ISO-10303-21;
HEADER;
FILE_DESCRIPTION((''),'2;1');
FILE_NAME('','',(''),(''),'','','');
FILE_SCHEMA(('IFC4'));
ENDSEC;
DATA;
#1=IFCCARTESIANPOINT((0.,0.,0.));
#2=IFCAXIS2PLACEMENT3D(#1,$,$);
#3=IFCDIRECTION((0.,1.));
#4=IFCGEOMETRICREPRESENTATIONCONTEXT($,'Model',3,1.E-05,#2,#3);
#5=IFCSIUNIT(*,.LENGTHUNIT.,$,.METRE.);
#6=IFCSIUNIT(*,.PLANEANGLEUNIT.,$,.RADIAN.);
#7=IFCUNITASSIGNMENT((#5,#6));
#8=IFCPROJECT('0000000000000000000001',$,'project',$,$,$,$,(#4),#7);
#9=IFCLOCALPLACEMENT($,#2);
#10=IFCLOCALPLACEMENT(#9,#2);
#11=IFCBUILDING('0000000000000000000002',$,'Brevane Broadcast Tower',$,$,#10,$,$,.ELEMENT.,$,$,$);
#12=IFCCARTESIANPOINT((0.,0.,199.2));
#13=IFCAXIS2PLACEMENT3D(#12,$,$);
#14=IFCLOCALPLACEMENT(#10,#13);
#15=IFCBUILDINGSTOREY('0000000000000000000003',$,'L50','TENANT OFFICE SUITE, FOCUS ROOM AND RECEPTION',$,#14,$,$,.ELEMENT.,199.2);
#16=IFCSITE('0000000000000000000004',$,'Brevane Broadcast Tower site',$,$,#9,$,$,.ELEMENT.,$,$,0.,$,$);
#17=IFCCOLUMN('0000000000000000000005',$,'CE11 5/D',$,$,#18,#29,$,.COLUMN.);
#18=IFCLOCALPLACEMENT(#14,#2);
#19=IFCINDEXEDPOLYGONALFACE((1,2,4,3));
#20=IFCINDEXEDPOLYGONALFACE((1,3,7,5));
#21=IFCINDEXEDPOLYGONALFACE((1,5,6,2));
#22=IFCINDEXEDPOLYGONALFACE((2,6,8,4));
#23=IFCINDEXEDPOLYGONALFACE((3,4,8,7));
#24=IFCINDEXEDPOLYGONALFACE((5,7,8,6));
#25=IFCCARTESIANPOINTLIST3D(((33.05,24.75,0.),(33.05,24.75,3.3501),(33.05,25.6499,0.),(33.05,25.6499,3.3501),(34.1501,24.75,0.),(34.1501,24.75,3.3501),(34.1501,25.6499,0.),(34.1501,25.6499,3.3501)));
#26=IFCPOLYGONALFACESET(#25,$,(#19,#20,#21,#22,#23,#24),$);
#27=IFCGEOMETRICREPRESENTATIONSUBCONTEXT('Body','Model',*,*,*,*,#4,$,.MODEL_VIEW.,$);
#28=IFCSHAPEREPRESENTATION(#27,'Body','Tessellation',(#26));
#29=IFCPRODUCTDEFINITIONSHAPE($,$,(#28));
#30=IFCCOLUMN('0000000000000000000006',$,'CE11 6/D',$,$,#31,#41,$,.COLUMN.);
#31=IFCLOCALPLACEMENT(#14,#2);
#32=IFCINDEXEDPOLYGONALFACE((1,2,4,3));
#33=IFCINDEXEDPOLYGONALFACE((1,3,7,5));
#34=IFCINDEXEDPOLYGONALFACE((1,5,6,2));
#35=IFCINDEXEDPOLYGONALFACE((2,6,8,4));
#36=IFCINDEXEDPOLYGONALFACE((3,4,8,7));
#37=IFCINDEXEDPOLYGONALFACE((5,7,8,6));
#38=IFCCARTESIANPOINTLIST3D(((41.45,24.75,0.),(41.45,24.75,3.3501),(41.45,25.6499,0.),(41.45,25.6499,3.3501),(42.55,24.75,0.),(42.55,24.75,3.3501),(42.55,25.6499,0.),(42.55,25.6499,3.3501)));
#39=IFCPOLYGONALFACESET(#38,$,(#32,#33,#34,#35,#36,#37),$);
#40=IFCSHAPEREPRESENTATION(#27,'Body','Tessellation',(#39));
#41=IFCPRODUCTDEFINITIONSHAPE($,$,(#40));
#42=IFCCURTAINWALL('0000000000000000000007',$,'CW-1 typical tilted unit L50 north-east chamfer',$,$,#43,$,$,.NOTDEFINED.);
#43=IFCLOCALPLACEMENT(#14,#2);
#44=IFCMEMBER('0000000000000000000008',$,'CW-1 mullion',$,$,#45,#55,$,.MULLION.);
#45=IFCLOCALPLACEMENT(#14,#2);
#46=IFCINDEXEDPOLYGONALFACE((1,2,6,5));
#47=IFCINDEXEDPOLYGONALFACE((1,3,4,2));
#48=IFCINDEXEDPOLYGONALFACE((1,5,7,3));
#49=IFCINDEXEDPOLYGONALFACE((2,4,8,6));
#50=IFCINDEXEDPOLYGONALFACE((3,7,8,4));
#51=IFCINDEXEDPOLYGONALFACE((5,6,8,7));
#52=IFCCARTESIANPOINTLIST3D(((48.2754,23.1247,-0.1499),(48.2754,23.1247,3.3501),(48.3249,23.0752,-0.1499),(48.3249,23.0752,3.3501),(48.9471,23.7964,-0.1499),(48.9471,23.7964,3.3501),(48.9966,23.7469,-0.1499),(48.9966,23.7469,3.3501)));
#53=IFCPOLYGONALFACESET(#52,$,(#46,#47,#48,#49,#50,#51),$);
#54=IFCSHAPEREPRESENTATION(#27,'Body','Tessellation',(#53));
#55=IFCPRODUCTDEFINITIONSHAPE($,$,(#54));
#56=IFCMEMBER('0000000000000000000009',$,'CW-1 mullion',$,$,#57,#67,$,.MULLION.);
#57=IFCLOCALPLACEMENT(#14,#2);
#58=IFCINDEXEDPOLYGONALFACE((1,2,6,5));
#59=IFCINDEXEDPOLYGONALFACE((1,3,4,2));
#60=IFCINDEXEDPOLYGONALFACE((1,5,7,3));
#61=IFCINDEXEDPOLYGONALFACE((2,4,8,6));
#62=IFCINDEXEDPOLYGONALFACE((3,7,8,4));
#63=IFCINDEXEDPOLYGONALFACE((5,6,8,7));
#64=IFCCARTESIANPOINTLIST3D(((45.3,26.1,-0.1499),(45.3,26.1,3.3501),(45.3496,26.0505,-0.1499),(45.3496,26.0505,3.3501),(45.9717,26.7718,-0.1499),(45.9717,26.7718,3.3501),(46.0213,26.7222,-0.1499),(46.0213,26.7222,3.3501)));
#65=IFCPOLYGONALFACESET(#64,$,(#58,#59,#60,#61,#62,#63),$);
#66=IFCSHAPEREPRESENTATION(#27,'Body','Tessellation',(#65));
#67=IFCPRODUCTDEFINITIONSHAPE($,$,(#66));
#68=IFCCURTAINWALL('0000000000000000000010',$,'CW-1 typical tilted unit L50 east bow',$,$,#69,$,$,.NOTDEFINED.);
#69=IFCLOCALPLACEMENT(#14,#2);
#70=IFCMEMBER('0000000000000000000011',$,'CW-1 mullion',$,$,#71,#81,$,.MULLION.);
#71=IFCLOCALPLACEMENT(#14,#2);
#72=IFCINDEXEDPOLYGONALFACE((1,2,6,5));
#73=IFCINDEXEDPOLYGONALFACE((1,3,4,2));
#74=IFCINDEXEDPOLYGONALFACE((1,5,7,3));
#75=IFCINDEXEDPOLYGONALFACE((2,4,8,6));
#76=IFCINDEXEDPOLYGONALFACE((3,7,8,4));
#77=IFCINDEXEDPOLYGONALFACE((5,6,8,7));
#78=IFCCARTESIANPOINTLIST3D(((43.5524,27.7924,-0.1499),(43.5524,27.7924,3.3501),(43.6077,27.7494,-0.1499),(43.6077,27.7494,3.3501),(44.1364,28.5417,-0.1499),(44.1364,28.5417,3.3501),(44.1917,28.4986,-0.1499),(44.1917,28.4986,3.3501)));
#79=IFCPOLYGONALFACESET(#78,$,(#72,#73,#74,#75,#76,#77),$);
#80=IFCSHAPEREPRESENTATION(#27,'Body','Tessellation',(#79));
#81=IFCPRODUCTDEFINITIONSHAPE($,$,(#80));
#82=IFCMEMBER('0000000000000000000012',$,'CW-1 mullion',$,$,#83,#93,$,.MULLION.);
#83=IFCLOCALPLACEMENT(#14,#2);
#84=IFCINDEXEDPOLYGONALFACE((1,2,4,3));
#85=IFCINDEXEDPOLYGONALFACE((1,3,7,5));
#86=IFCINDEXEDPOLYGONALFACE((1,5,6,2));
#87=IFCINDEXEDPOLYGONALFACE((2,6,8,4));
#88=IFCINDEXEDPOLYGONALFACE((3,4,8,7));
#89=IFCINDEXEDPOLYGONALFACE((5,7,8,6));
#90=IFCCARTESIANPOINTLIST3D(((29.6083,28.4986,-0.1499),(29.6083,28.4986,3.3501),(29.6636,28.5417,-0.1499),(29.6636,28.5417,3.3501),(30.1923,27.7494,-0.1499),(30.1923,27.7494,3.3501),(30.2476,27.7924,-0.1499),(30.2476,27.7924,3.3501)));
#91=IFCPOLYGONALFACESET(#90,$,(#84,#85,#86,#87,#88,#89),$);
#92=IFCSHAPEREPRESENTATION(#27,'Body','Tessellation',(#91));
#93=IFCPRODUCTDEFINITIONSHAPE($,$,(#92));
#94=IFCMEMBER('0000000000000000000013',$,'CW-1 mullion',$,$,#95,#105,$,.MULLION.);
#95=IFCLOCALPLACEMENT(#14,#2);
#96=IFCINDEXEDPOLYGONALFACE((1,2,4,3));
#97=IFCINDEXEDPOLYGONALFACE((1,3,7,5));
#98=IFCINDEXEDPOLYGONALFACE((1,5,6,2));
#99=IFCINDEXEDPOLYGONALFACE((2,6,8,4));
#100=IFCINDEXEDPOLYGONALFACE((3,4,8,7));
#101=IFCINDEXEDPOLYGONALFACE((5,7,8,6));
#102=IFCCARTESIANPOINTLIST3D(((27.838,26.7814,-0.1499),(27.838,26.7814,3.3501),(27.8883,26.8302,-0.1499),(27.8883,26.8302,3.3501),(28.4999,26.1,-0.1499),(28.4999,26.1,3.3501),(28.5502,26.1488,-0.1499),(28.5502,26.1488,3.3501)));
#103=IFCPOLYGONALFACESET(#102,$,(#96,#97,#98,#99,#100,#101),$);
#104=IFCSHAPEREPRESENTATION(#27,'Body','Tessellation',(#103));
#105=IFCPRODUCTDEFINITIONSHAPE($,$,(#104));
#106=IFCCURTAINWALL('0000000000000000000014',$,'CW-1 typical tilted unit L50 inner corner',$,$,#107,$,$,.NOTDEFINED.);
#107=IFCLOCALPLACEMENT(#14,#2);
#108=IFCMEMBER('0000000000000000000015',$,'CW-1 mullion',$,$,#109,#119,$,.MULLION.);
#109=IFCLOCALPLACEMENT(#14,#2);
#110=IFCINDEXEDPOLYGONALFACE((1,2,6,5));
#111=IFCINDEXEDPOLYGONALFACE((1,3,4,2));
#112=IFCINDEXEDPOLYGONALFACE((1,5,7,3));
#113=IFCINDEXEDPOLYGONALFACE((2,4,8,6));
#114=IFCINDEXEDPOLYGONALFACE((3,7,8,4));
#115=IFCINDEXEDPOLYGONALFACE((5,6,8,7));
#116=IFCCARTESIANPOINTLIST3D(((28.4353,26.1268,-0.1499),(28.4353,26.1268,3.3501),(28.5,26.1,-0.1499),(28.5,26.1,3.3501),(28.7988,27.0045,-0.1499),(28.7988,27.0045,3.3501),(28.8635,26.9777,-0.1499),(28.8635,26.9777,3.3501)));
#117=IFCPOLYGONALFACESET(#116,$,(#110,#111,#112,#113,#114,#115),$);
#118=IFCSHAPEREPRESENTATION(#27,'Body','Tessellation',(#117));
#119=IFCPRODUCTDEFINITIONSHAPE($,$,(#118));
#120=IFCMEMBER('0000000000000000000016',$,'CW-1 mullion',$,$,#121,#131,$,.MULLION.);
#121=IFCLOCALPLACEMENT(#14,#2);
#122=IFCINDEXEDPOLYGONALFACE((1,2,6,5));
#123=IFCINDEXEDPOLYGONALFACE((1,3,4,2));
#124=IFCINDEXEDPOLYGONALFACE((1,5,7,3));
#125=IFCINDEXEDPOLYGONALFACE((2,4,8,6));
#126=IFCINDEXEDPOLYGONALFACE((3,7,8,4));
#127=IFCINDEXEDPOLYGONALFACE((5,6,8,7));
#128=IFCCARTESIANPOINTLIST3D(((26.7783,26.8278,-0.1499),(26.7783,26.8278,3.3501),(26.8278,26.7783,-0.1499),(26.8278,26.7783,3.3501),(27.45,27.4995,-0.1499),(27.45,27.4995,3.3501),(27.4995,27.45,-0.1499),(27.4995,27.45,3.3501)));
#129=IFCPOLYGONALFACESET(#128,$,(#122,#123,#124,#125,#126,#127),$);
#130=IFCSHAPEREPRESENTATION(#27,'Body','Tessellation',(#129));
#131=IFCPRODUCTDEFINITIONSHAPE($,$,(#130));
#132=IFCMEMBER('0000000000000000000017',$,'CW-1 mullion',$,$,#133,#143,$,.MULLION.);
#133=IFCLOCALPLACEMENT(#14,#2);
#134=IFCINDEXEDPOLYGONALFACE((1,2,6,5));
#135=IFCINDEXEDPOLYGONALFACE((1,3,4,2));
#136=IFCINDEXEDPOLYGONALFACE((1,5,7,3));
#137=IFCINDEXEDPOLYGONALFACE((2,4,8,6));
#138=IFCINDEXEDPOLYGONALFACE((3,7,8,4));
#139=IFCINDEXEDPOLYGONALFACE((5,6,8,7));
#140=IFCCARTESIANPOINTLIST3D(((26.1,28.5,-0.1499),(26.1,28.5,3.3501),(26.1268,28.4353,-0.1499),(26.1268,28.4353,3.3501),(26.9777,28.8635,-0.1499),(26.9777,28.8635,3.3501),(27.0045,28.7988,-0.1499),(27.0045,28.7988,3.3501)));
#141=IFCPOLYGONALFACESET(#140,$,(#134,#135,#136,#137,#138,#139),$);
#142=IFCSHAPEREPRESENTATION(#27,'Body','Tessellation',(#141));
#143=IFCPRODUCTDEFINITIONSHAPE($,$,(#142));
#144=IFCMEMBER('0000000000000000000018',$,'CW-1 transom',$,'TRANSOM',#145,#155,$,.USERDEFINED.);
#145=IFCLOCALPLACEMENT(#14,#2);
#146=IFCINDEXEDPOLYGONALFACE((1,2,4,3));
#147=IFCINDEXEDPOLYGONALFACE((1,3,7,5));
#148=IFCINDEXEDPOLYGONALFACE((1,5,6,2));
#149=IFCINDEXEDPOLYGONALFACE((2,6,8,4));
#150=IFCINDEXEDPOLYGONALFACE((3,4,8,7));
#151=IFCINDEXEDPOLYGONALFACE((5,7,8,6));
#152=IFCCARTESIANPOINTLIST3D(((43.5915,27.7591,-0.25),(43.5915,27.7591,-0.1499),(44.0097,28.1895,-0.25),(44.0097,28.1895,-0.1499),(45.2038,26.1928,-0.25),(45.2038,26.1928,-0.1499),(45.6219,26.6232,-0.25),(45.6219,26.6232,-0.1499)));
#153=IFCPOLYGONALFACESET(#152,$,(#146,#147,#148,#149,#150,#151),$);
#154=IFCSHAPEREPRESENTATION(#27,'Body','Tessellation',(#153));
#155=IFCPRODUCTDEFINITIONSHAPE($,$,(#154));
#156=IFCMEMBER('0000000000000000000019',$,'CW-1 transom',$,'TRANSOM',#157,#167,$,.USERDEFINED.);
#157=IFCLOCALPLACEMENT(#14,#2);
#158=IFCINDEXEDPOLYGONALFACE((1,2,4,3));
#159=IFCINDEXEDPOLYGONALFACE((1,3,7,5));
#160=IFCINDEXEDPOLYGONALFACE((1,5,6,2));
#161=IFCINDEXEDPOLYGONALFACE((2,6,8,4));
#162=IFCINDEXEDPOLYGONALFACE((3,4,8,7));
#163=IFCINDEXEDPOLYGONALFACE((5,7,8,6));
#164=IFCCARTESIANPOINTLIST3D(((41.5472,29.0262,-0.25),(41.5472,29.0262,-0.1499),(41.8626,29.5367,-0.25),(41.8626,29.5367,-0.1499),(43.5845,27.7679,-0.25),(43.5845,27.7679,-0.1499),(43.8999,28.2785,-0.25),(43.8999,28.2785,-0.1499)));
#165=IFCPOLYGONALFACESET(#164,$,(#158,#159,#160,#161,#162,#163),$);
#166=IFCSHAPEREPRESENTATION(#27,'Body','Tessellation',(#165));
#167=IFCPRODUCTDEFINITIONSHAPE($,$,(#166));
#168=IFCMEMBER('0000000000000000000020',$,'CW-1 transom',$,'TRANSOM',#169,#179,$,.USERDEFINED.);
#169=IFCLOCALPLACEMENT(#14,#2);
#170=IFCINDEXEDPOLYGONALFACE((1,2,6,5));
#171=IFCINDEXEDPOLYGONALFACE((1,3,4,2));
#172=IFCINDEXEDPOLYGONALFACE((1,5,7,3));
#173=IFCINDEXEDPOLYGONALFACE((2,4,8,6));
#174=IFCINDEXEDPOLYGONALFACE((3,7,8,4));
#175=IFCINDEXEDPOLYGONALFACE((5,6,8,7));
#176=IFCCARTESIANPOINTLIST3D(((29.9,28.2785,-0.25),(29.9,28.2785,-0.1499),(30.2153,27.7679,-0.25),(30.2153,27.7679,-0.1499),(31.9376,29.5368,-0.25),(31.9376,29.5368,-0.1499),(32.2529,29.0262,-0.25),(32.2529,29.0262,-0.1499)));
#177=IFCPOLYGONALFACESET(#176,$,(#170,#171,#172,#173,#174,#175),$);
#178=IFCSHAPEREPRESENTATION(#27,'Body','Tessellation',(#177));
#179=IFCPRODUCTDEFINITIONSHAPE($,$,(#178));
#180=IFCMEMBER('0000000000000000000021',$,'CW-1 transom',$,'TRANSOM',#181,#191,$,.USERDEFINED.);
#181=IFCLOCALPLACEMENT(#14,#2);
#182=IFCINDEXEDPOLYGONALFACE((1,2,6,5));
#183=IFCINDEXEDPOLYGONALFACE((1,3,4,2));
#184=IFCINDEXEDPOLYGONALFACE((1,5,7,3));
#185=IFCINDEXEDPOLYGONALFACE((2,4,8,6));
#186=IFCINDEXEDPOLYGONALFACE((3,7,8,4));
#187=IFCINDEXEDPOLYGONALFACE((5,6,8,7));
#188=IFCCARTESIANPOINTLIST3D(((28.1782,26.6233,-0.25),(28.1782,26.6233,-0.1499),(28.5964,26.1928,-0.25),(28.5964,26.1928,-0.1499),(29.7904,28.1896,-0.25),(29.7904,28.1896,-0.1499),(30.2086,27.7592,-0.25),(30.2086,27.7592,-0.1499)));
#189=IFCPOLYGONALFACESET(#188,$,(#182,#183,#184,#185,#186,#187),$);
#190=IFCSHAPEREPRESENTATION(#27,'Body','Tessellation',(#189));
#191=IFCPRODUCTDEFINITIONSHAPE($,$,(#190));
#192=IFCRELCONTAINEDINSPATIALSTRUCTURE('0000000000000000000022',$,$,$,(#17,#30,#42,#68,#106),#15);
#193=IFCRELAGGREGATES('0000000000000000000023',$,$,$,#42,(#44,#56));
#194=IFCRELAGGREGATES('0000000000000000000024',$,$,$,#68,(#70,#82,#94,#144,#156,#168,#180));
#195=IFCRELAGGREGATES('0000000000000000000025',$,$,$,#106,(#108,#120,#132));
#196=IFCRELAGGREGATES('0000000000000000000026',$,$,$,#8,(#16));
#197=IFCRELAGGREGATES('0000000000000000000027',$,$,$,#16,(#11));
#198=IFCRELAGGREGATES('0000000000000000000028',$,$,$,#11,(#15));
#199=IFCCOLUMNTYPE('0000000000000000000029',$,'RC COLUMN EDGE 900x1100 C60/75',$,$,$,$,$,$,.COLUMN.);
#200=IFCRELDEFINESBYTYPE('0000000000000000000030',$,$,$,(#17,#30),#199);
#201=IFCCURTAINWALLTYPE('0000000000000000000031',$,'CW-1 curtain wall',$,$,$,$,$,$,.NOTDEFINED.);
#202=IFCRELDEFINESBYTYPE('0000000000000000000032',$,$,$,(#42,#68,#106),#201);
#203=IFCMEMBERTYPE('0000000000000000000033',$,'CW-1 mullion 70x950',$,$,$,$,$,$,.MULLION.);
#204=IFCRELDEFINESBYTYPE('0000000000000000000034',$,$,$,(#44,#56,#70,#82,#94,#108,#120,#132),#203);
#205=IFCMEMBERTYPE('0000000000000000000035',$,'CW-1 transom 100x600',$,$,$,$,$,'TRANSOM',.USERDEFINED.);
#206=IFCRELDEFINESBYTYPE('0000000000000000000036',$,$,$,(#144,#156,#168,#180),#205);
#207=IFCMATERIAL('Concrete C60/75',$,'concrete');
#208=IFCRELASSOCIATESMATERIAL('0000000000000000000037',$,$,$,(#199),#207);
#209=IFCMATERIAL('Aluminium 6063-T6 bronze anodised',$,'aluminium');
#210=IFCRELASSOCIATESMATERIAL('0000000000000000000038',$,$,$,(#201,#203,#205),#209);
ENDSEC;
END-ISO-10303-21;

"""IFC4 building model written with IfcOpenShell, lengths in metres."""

from ifc_helpers import new_model, si_unit, direction, frame, origin, origin_2d, place, context, subcontext, project, spatial, rectangle, extrude, material, material_profile, profile_set, type_object, element, aggregate, save


model = new_model("IFC4")

# Units and contexts
model_context = context("Model", 3, precision=1e-05, world=origin(), true_north=direction((0.0, 1.0)))
body_context = subcontext(model_context, "Body", "Model", "MODEL_VIEW")
ifc_project = project(units=[si_unit("LENGTHUNIT", "METRE"), si_unit("PLANEANGLEUNIT", "RADIAN")], contexts=[model_context])

# Site, building, storey
site_placement = place(None, origin())
site = spatial("IfcSite", under=ifc_project, at=site_placement, Name="Brevane Broadcast Tower site", CompositionType="ELEMENT", RefElevation=0.0)
building_placement = place(site_placement, origin())
building = spatial("IfcBuilding", under=site, at=building_placement, Name="Brevane Broadcast Tower", CompositionType="ELEMENT")
storey_placement = place(building_placement, frame((0.0, 0.0, 199.2)))
storey = spatial("IfcBuildingStorey", under=building, at=storey_placement, Name="L50", Description="TENANT OFFICE SUITE, FOCUS ROOM AND RECEPTION", CompositionType="ELEMENT", Elevation=199.2)

# Columns
ifc_material_1 = material(Name="Concrete C60/75", Category="concrete")
ifc_material_profile_1 = material_profile(ifc_material_1, rectangle(XDim=0.8999, YDim=1.1001, at=origin_2d()), Name="RC 900x1100")
ifc_profile_set_1 = profile_set([ifc_material_profile_1], Name="Concrete C60/75")
column_type = type_object("IfcColumnType", Name="RC COLUMN EDGE 900x1100 C60/75", PredefinedType="COLUMN", material=ifc_profile_set_1)
for number, where, z_axis, x_axis, name in (
    (1, (33.6001, 25.2, 0.0), (0.0, 0.0, 1.0), (0.0, 1.0, 0.0), "CE11 5/D"),
    (2, (42.0, 25.2, 0.0), (0.0, 0.0, 1.0), (0.0, 1.0, 0.0), "CE11 6/D"),
):
    element("IfcColumn", number, at=place(storey_placement, frame(where, z_axis=z_axis, x_axis=x_axis)), inside=storey, type_object=column_type, Name=name, PredefinedType="COLUMN", context=body_context, shape_type="SweptSolid", body=[
        extrude(rectangle(XDim=0.8999, YDim=1.1001, at=origin_2d()), origin(), (0.0, 0.0, 1.0), 3.3501),
    ])

# Curtain walls, members
ifc_material_2 = material(Name="Aluminium 6063-T6 bronze anodised", Category="aluminium")
curtain_wall_type = type_object("IfcCurtainWallType", Name="CW-1 curtain wall", PredefinedType="NOTDEFINED", material=ifc_material_2)
curtain_wall_1_placement = place(storey_placement, origin())
curtain_wall_1 = element("IfcCurtainWall", 3, at=curtain_wall_1_placement, inside=storey, type_object=curtain_wall_type, Name="CW-1 typical tilted unit L50 north-east chamfer", PredefinedType="NOTDEFINED")
ifc_material_profile_2 = material_profile(ifc_material_2, rectangle(XDim=0.95, YDim=0.0701, at=origin_2d()), Name="RECT 70x950")
ifc_profile_set_2 = profile_set([ifc_material_profile_2], Name="Aluminium 6063-T6 bronze anodised")
member_type_1 = type_object("IfcMemberType", Name="CW-1 mullion 70x950", PredefinedType="MULLION", material=ifc_profile_set_2)
member_1_placement = place(storey_placement, frame((48.636, 23.4358, -0.1499), z_axis=(0.0, 0.0, 1.0), x_axis=(-0.707107, -0.707107, 0.0)))
member_1 = element("IfcMember", 4, at=member_1_placement, type_object=member_type_1, Name="CW-1 mullion", PredefinedType="MULLION", context=body_context, shape_type="SweptSolid", body=[
    extrude(rectangle(XDim=0.95, YDim=0.0701, at=origin_2d()), origin(), (0.0, 0.0, 1.0), 3.5),
])
member_2_placement = place(storey_placement, frame((45.6606, 26.4111, -0.1499), z_axis=(0.0, 0.0, 1.0), x_axis=(-0.707107, -0.707107, 0.0)))
member_2 = element("IfcMember", 5, at=member_2_placement, type_object=member_type_1, Name="CW-1 mullion", PredefinedType="MULLION", context=body_context, shape_type="SweptSolid", body=[
    extrude(rectangle(XDim=0.95, YDim=0.0701, at=origin_2d()), origin(), (0.0, 0.0, 1.0), 3.5),
])
aggregate(curtain_wall_1, [member_1, member_2])
curtain_wall_2_placement = place(storey_placement, origin())
curtain_wall_2 = element("IfcCurtainWall", 6, at=curtain_wall_2_placement, inside=storey, type_object=curtain_wall_type, Name="CW-1 typical tilted unit L50 east bow", PredefinedType="NOTDEFINED")
member_3_placement = place(storey_placement, frame((43.8721, 28.1455, -0.1499), z_axis=(0.0, 0.0, 1.0), x_axis=(-0.61477, -0.788707, 0.0)))
member_3 = element("IfcMember", 7, at=member_3_placement, type_object=member_type_1, Name="CW-1 mullion", PredefinedType="MULLION", context=body_context, shape_type="SweptSolid", body=[
    extrude(rectangle(XDim=0.95, YDim=0.0701, at=origin_2d()), origin(), (0.0, 0.0, 1.0), 3.5),
])
member_4_placement = place(storey_placement, frame((29.928, 28.1455, -0.1499), z_axis=(0.0, 0.0, 1.0), x_axis=(0.61477, -0.788707, 0.0)))
member_4 = element("IfcMember", 8, at=member_4_placement, type_object=member_type_1, Name="CW-1 mullion", PredefinedType="MULLION", context=body_context, shape_type="SweptSolid", body=[
    extrude(rectangle(XDim=0.95, YDim=0.0701, at=origin_2d()), origin(), (0.0, 0.0, 1.0), 3.5),
])
member_5_placement = place(storey_placement, frame((28.1941, 26.4651, -0.1499), z_axis=(0.0, 0.0, 1.0), x_axis=(0.696812, -0.717254, 0.0)))
member_5 = element("IfcMember", 9, at=member_5_placement, type_object=member_type_1, Name="CW-1 mullion", PredefinedType="MULLION", context=body_context, shape_type="SweptSolid", body=[
    extrude(rectangle(XDim=0.95, YDim=0.0701, at=origin_2d()), origin(), (0.0, 0.0, 1.0), 3.5),
])
curtain_wall_3_placement = place(storey_placement, origin())
curtain_wall_3 = element("IfcCurtainWall", 10, at=curtain_wall_3_placement, inside=storey, type_object=curtain_wall_type, Name="CW-1 typical tilted unit L50 inner corner", PredefinedType="NOTDEFINED")
member_6_placement = place(storey_placement, frame((28.6494, 26.5522, -0.1499), z_axis=(0.0, 0.0, 1.0), x_axis=(-0.382683, -0.92388, 0.0)))
member_6 = element("IfcMember", 11, at=member_6_placement, type_object=member_type_1, Name="CW-1 mullion", PredefinedType="MULLION", context=body_context, shape_type="SweptSolid", body=[
    extrude(rectangle(XDim=0.95, YDim=0.0701, at=origin_2d()), origin(), (0.0, 0.0, 1.0), 3.5),
])
member_7_placement = place(storey_placement, frame((27.1389, 27.1389, -0.1499), z_axis=(0.0, 0.0, 1.0), x_axis=(-0.707107, -0.707107, 0.0)))
member_7 = element("IfcMember", 12, at=member_7_placement, type_object=member_type_1, Name="CW-1 mullion", PredefinedType="MULLION", context=body_context, shape_type="SweptSolid", body=[
    extrude(rectangle(XDim=0.95, YDim=0.0701, at=origin_2d()), origin(), (0.0, 0.0, 1.0), 3.5),
])
member_8_placement = place(storey_placement, frame((26.5522, 28.6494, -0.1499), z_axis=(0.0, 0.0, 1.0), x_axis=(-0.92388, -0.382683, 0.0)))
member_8 = element("IfcMember", 13, at=member_8_placement, type_object=member_type_1, Name="CW-1 mullion", PredefinedType="MULLION", context=body_context, shape_type="SweptSolid", body=[
    extrude(rectangle(XDim=0.95, YDim=0.0701, at=origin_2d()), origin(), (0.0, 0.0, 1.0), 3.5),
])

# Members
ifc_material_profile_3 = material_profile(ifc_material_2, rectangle(XDim=0.6001, YDim=0.1001, at=origin_2d()), Name="RECT 100x600")
ifc_profile_set_3 = profile_set([ifc_material_profile_3], Name="Aluminium 6063-T6 bronze anodised")
member_type_2 = type_object("IfcMemberType", Name="CW-1 transom 100x600", ElementType="TRANSOM", PredefinedType="USERDEFINED", material=ifc_profile_set_3)
member_9_placement = place(storey_placement, frame((45.4128, 26.408, -0.2), z_axis=(-0.717242, 0.696824, 0.0), x_axis=(-0.696824, -0.717242, 0.0)))
member_9 = element("IfcMember", 14, at=member_9_placement, type_object=member_type_2, Name="CW-1 transom", ObjectType="TRANSOM", PredefinedType="USERDEFINED", context=body_context, shape_type="SweptSolid", body=[
    extrude(rectangle(XDim=0.6001, YDim=0.1001, at=origin_2d()), origin(), (0.0, 0.0, 1.0), 2.2478),
])
member_10_placement = place(storey_placement, frame((43.7422, 28.0232, -0.2), z_axis=(-0.85081, 0.525473, 0.0), x_axis=(-0.525473, -0.85081, 0.0)))
member_10 = element("IfcMember", 15, at=member_10_placement, type_object=member_type_2, Name="CW-1 transom", ObjectType="TRANSOM", PredefinedType="USERDEFINED", context=body_context, shape_type="SweptSolid", body=[
    extrude(rectangle(XDim=0.6001, YDim=0.1001, at=origin_2d()), origin(), (0.0, 0.0, 1.0), 2.3945),
])
member_11_placement = place(storey_placement, frame((32.0952, 29.2815, -0.2), z_axis=(-0.850838, -0.525428, 0.0), x_axis=(0.525428, -0.850838, 0.0)))
member_11 = element("IfcMember", 16, at=member_11_placement, type_object=member_type_2, Name="CW-1 transom", ObjectType="TRANSOM", PredefinedType="USERDEFINED", context=body_context, shape_type="SweptSolid", body=[
    extrude(rectangle(XDim=0.6001, YDim=0.1001, at=origin_2d()), origin(), (0.0, 0.0, 1.0), 2.3948),
])
member_12_placement = place(storey_placement, frame((29.9995, 27.9744, -0.2), z_axis=(-0.717242, -0.696824, 0.0), x_axis=(0.696824, -0.717242, 0.0)))
member_12 = element("IfcMember", 17, at=member_12_placement, type_object=member_type_2, Name="CW-1 transom", ObjectType="TRANSOM", PredefinedType="USERDEFINED", context=body_context, shape_type="SweptSolid", body=[
    extrude(rectangle(XDim=0.6001, YDim=0.1001, at=origin_2d()), origin(), (0.0, 0.0, 1.0), 2.2478),
])
aggregate(curtain_wall_2, [member_3, member_4, member_5, member_9, member_10, member_11, member_12])
aggregate(curtain_wall_3, [member_6, member_7, member_8])

save(model, "model.ifc")
